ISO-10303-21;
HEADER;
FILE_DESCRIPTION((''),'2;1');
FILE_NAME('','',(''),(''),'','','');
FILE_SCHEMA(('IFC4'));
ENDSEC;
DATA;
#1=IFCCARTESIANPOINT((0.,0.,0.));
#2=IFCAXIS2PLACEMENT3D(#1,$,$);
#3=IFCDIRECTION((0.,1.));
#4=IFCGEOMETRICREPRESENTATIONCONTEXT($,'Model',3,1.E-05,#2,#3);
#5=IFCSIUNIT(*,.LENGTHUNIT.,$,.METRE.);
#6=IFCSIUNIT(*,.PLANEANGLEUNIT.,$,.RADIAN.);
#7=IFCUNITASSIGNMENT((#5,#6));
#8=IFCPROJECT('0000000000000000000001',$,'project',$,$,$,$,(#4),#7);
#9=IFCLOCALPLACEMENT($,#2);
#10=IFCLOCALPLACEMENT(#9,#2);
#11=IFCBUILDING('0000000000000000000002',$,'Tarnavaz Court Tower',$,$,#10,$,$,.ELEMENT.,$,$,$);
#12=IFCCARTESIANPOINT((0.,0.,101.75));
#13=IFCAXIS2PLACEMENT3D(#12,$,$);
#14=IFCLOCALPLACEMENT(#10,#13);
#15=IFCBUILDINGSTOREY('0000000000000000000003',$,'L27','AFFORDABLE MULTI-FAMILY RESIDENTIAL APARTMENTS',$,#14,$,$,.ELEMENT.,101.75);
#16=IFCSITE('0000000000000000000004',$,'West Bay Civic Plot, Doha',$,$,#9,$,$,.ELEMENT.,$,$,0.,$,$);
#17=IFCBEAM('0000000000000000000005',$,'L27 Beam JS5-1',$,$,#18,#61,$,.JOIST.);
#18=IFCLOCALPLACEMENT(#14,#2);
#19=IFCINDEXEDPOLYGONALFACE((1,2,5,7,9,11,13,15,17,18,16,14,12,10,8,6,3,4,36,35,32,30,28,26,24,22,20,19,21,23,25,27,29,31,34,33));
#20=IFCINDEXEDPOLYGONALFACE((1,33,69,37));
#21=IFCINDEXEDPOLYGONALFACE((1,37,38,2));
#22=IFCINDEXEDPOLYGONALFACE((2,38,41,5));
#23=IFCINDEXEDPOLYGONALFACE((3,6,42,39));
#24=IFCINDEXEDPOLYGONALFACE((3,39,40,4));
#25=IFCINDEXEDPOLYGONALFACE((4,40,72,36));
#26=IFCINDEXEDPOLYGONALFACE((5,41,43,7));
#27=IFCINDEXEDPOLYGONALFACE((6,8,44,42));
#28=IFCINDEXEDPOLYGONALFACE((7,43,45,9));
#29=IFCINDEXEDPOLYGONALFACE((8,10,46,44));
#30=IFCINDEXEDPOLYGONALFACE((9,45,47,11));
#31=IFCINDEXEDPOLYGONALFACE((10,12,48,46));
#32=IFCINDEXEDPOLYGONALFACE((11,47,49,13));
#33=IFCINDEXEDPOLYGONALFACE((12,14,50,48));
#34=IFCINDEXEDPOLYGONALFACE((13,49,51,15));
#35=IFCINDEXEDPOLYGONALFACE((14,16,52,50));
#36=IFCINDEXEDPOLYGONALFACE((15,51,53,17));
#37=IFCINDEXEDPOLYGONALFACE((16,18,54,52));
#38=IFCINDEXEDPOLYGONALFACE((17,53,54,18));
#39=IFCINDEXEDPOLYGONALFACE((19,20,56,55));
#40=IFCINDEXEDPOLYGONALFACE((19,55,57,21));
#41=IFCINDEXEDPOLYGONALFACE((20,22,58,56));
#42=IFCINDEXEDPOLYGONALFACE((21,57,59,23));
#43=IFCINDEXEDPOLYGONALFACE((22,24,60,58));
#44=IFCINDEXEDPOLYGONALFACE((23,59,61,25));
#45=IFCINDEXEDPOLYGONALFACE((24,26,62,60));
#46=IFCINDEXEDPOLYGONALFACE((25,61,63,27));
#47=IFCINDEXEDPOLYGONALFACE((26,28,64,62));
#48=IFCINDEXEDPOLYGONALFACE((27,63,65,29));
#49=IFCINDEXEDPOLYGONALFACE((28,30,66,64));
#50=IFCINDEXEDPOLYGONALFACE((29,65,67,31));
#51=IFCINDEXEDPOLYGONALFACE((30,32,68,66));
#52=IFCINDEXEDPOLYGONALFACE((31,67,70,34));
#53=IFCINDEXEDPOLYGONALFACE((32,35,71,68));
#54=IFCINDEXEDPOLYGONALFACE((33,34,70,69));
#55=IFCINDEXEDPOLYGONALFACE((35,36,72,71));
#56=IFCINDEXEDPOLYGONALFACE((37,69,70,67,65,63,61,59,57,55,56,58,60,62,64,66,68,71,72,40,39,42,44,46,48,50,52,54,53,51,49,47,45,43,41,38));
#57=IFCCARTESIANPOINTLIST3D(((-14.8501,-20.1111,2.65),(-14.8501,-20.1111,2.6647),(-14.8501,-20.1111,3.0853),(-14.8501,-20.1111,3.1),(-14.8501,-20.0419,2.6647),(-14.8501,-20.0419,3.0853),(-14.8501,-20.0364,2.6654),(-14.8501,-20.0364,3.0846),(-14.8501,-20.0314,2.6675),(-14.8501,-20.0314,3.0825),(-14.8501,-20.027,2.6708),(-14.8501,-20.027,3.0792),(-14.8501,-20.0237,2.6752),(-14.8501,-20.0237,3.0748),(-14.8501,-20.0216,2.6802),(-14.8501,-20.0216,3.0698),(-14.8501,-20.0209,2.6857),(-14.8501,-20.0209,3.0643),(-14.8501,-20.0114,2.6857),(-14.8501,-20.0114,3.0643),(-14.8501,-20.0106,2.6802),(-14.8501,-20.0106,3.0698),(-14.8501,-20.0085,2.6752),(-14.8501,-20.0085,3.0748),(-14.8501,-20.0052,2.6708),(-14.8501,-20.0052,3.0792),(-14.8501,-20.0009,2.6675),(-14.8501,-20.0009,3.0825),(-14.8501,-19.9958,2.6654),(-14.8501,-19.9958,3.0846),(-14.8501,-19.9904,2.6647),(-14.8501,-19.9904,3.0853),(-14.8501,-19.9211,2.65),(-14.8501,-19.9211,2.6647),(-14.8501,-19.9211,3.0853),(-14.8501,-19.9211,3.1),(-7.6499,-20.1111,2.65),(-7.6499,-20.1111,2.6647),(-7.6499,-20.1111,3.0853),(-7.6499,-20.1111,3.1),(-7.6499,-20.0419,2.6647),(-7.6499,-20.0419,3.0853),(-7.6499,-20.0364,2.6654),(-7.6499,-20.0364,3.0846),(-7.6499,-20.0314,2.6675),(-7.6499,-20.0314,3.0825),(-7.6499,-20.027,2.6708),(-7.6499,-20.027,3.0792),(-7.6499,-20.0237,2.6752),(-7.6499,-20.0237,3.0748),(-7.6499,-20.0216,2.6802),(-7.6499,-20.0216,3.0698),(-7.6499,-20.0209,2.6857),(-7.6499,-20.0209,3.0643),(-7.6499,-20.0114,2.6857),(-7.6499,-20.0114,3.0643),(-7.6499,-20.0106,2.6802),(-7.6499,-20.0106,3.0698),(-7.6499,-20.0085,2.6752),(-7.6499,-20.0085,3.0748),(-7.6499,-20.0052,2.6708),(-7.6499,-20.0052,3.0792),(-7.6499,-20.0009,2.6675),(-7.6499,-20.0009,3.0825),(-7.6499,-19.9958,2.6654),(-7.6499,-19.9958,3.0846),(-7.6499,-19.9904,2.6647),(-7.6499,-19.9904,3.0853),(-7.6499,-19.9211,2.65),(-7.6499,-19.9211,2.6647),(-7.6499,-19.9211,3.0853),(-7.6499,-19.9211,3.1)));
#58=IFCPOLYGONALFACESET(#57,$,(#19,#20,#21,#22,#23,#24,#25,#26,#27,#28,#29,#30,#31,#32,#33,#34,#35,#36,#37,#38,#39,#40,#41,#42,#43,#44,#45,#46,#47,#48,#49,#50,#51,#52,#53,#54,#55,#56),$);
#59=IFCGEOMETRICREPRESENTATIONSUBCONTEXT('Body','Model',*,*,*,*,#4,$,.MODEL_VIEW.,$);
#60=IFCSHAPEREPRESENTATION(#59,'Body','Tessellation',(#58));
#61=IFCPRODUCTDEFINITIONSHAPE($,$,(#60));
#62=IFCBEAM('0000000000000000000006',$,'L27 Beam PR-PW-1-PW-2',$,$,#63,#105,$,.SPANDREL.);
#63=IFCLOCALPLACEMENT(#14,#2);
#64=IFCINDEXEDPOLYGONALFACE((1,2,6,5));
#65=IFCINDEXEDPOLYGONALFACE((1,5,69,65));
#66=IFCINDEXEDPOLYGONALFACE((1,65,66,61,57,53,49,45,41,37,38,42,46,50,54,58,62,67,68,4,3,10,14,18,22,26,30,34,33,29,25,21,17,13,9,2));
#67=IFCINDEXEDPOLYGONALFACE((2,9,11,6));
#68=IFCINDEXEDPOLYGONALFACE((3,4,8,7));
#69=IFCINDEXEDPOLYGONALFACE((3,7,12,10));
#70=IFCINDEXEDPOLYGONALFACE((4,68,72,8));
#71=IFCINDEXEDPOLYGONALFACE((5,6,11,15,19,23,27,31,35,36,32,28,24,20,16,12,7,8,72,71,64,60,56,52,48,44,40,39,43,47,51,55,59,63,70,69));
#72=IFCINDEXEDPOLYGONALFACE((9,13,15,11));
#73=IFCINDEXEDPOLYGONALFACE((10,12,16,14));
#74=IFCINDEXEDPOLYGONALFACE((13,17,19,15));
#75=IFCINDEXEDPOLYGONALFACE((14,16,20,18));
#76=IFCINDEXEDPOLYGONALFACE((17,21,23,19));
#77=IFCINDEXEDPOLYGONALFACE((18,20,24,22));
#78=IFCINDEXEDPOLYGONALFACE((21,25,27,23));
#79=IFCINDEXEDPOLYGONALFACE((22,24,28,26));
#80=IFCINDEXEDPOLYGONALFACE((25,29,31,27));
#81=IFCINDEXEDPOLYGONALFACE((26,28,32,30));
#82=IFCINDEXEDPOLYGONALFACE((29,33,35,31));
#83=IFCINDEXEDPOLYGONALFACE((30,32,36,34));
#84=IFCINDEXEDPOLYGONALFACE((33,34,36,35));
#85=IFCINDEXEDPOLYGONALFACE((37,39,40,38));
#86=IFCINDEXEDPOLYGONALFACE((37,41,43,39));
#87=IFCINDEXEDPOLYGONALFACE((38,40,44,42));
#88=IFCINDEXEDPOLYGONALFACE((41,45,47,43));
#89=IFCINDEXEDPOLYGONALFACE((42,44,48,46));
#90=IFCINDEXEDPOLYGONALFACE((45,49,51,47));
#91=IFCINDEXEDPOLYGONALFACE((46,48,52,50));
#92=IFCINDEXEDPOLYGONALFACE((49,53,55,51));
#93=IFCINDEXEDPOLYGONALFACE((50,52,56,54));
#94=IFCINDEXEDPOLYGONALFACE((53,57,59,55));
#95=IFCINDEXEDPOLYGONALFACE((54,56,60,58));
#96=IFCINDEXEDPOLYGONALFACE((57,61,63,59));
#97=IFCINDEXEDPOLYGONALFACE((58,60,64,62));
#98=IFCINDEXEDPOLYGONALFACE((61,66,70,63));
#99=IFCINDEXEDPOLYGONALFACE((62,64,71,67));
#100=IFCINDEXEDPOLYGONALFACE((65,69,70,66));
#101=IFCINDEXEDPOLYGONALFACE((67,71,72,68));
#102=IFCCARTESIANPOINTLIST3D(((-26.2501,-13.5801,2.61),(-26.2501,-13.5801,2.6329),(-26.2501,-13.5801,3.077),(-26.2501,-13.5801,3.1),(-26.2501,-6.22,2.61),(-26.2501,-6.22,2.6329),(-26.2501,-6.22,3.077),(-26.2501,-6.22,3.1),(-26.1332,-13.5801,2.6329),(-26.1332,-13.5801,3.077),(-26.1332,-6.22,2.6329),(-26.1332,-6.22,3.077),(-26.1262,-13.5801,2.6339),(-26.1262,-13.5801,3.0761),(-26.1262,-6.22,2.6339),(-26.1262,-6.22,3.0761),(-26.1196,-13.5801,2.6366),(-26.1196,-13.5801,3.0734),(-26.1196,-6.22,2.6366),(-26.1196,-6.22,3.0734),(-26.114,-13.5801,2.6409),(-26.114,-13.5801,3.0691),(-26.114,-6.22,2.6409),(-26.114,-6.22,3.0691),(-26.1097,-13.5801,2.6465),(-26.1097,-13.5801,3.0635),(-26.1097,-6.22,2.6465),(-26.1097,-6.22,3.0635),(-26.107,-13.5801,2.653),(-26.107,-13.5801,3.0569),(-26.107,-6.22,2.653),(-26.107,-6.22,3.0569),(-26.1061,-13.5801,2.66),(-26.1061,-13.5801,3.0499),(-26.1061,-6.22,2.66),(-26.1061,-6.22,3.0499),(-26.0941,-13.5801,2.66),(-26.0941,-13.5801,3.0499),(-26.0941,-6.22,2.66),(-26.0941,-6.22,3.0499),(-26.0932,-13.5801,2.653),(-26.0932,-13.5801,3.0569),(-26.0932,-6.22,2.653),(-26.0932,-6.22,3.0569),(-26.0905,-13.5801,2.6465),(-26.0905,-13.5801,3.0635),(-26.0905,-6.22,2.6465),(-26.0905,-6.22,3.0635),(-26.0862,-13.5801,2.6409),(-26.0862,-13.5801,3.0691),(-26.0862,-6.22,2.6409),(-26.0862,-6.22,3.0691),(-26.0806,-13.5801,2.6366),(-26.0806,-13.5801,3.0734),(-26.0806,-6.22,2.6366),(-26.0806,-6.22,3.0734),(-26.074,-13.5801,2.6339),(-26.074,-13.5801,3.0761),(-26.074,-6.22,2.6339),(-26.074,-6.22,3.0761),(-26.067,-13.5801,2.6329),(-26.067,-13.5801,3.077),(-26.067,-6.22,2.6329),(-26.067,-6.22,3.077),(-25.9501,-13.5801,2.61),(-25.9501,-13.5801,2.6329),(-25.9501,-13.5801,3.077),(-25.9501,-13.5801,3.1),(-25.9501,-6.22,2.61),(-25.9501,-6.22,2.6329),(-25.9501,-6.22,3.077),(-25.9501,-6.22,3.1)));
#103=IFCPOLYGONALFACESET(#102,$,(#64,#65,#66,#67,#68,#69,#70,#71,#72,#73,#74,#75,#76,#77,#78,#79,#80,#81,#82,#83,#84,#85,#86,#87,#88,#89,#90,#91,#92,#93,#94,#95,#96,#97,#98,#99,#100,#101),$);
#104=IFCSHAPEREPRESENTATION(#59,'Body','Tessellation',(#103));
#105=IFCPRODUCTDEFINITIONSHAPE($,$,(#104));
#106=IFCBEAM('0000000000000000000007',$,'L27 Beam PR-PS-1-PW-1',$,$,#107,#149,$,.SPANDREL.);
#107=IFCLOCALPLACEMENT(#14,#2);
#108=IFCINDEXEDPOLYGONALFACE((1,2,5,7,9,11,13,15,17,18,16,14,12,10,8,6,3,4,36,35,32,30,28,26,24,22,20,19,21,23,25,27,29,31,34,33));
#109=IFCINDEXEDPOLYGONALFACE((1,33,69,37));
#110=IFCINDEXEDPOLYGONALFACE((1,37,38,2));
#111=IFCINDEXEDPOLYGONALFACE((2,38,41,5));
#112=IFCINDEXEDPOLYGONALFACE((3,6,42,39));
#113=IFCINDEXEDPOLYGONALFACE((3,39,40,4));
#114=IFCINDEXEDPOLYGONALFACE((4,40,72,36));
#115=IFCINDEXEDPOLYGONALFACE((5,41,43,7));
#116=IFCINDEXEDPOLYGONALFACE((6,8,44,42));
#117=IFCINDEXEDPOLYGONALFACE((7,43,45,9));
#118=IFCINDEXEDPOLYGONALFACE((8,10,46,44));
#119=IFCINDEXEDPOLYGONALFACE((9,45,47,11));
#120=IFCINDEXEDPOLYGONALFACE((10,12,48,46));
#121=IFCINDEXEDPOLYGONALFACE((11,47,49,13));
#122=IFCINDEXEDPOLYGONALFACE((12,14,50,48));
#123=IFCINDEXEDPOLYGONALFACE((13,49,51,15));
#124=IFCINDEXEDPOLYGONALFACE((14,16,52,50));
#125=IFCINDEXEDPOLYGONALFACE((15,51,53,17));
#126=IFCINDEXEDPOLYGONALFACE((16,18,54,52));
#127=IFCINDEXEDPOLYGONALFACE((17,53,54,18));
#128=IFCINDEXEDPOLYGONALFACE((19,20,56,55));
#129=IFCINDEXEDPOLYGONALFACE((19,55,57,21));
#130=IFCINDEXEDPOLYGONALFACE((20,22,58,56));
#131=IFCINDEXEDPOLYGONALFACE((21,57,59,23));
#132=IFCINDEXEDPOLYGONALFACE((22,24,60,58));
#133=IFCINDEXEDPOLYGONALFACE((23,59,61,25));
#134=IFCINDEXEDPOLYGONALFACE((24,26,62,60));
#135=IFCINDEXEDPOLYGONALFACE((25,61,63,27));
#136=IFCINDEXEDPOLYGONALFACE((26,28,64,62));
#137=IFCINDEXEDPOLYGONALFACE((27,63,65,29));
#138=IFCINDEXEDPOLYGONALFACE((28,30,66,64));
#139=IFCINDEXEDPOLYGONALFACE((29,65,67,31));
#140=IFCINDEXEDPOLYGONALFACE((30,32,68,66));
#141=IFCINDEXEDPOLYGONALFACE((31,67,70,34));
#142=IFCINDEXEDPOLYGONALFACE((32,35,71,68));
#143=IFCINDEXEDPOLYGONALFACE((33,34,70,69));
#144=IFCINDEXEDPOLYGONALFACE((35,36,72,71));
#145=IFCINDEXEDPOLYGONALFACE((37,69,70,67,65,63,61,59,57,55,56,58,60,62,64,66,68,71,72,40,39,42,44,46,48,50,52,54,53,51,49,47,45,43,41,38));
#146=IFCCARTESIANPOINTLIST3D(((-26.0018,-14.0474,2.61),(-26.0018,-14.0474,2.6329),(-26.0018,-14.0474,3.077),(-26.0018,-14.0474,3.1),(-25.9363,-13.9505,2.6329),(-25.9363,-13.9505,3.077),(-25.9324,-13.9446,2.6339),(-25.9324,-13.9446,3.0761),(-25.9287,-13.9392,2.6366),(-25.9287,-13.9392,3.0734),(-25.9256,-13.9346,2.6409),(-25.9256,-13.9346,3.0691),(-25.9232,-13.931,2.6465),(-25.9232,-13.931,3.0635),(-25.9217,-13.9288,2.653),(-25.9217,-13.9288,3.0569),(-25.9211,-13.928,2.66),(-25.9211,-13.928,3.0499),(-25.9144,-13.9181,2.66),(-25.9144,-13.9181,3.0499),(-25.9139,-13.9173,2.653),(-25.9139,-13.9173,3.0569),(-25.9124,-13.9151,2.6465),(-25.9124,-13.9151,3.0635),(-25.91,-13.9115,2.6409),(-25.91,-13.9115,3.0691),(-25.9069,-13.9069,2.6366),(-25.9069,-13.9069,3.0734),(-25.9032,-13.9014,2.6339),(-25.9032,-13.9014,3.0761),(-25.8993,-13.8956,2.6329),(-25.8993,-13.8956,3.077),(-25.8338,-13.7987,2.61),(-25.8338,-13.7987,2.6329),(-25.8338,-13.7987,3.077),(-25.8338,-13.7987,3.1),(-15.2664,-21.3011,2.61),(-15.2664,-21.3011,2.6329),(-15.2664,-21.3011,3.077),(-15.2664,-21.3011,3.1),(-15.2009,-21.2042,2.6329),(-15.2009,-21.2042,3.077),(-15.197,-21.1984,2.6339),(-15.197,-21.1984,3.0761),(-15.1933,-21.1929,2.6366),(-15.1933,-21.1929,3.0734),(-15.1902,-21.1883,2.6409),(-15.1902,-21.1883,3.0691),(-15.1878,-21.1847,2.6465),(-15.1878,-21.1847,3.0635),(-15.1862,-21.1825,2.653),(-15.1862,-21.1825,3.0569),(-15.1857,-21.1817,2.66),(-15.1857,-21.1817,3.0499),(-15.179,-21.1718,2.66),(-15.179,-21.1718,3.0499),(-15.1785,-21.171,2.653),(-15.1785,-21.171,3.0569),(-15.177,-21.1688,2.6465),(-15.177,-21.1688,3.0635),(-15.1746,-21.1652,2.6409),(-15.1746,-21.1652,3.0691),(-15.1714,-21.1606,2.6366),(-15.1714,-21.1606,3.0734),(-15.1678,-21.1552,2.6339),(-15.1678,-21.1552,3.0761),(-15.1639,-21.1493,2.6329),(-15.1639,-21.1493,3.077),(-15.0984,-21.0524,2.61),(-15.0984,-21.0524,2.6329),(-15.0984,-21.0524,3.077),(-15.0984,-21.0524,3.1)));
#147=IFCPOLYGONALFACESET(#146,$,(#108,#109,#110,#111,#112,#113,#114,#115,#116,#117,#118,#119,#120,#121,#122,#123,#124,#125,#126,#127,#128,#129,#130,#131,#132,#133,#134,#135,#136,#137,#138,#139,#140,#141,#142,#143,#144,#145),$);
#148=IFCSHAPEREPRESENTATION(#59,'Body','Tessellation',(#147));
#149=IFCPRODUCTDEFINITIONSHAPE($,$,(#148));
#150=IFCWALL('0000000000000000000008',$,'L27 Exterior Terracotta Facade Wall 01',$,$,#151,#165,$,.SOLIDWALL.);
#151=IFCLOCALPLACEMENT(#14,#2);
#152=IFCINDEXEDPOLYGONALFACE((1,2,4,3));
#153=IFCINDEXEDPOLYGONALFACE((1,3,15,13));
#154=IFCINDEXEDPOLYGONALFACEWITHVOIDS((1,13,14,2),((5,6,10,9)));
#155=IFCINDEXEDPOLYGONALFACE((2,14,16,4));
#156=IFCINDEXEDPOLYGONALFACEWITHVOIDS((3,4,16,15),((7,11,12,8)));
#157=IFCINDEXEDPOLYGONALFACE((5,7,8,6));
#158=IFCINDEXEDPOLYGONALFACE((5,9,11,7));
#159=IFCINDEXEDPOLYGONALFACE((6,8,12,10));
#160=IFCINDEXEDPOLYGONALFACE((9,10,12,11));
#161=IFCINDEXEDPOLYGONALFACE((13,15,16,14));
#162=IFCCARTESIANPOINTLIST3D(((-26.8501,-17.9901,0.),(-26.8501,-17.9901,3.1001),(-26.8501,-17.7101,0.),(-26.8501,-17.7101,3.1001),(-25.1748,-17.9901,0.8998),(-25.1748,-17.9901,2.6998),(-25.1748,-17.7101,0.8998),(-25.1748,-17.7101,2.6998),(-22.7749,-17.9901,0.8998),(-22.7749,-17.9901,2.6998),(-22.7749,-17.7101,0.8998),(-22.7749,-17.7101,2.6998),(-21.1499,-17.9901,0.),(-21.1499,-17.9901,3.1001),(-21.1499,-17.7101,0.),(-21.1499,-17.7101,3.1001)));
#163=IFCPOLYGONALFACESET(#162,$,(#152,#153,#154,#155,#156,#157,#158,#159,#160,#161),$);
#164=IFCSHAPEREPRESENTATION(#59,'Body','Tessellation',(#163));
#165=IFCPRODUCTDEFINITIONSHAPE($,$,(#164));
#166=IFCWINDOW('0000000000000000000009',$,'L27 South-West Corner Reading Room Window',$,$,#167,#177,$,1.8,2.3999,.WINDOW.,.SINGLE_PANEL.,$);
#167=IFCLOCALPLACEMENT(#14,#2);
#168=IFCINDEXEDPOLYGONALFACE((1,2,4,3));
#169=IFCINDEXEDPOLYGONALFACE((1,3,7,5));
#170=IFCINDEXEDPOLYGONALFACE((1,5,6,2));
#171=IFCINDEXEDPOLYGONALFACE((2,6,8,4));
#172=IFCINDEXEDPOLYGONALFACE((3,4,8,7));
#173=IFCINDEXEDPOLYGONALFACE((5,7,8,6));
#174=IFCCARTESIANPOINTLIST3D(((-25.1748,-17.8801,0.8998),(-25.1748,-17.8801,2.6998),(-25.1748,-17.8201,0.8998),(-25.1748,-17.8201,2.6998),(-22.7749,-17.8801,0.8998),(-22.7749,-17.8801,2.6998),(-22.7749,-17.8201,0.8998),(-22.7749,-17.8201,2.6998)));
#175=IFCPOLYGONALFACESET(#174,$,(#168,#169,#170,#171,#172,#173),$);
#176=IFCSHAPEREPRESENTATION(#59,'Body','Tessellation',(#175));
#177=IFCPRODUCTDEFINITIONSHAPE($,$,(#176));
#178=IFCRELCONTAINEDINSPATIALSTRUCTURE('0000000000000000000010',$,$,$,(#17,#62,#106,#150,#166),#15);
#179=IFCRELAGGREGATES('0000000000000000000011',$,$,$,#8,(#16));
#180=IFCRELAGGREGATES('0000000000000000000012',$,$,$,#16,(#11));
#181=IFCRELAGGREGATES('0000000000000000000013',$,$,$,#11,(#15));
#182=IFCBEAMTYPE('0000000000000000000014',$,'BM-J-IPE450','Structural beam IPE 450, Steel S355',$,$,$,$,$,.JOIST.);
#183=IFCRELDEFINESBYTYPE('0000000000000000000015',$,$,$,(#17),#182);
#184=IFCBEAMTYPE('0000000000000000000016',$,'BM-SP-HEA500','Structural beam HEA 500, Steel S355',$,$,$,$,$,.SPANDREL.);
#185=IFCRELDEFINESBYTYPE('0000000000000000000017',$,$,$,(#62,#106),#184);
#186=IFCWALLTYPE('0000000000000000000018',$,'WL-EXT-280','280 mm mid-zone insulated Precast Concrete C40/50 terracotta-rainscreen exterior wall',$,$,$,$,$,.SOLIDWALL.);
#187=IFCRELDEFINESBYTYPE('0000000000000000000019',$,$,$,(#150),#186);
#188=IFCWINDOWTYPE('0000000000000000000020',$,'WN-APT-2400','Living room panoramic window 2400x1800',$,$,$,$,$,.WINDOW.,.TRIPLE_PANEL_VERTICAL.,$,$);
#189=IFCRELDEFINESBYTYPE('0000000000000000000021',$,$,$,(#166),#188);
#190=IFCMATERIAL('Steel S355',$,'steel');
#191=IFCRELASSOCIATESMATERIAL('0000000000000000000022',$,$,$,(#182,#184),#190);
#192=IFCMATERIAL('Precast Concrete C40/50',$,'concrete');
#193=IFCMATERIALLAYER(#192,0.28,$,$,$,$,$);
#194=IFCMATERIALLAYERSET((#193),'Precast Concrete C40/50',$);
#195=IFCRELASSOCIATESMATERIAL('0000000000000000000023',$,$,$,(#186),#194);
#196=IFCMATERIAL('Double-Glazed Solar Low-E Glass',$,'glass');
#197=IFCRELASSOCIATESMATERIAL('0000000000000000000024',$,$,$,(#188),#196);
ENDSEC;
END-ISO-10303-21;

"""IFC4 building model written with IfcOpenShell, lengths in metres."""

from ifc_helpers import new_model, si_unit, direction, frame, frame_2d, origin, origin_2d, place, context, subcontext, project, spatial, rectangle, i_section, extrude, material, layer, layer_set, material_profile, profile_set, type_object, element, fill, save


model = new_model("IFC4")

# Units and contexts
model_context = context("Model", 3, precision=1e-05, world=origin(), true_north=direction((0.0, 1.0)))
body_context = subcontext(model_context, "Body", "Model", "MODEL_VIEW")
ifc_project = project(units=[si_unit("LENGTHUNIT", "METRE"), si_unit("PLANEANGLEUNIT", "RADIAN")], contexts=[model_context])

# Site, building, storey
site_placement = place(None, origin())
site = spatial("IfcSite", under=ifc_project, at=site_placement, Name="West Bay Civic Plot, Doha", CompositionType="ELEMENT", RefElevation=0.0)
building_placement = place(site_placement, origin())
building = spatial("IfcBuilding", under=site, at=building_placement, Name="Tarnavaz Court Tower", CompositionType="ELEMENT")
storey_placement = place(building_placement, frame((0.0, 0.0, 101.75)))
storey = spatial("IfcBuildingStorey", under=building, at=storey_placement, Name="L27", Description="AFFORDABLE MULTI-FAMILY RESIDENTIAL APARTMENTS", CompositionType="ELEMENT", Elevation=101.75)

# Beams
ifc_material_1 = material(Name="Steel S355", Category="steel")
ifc_material_profile_1 = material_profile(ifc_material_1, i_section(OverallWidth=0.1899, OverallDepth=0.45, WebThickness=0.0095, FlangeThickness=0.0146, FilletRadius=0.021, at=origin_2d()), Name="IPE 450")
ifc_profile_set_1 = profile_set([ifc_material_profile_1], Name="Steel S355")
beam_type_1 = type_object("IfcBeamType", Name="BM-J-IPE450", Description="Structural beam IPE 450, Steel S355", PredefinedType="JOIST", material=ifc_profile_set_1)
for number, where, z_axis, x_axis, name in (
    (1, (-14.8501, -20.0161, 2.875), (1.0, 0.0, 0.0), (0.0, 1.0, 0.0), "L27 Beam JS5-1"),
):
    element("IfcBeam", number, at=place(storey_placement, frame(where, z_axis=z_axis, x_axis=x_axis)), inside=storey, type_object=beam_type_1, Name=name, PredefinedType="JOIST", context=body_context, shape_type="SweptSolid", body=[
        extrude(i_section(OverallWidth=0.1899, OverallDepth=0.45, WebThickness=0.0095, FlangeThickness=0.0146, FilletRadius=0.021, at=origin_2d()), origin(), (0.0, 0.0, 1.0), 7.2002),
    ])
ifc_material_profile_2 = material_profile(ifc_material_1, i_section(OverallWidth=0.3, OverallDepth=0.49, WebThickness=0.012, FlangeThickness=0.0229, FilletRadius=0.0271, at=origin_2d()), Name="HEA 500")
ifc_profile_set_2 = profile_set([ifc_material_profile_2], Name="Steel S355")
beam_type_2 = type_object("IfcBeamType", Name="BM-SP-HEA500", Description="Structural beam HEA 500, Steel S355", PredefinedType="SPANDREL", material=ifc_profile_set_2)
beam_1_placement = place(storey_placement, frame((-26.1001, -13.5801, 2.855), z_axis=(0.0, 1.0, 0.0), x_axis=(-1.0, 0.0, 0.0)))
element("IfcBeam", 2, at=beam_1_placement, inside=storey, type_object=beam_type_2, Name="L27 Beam PR-PW-1-PW-2", PredefinedType="SPANDREL", context=body_context, shape_type="SweptSolid", body=[
    extrude(i_section(OverallWidth=0.3, OverallDepth=0.49, WebThickness=0.012, FlangeThickness=0.0229, FilletRadius=0.0271, at=origin_2d()), origin(), (0.0, 0.0, 1.0), 7.3601),
])
beam_2_placement = place(storey_placement, frame((-15.1824, -21.1768, 2.855), z_axis=(-0.828587, 0.55986, 0.0), x_axis=(-0.55986, -0.828587, 0.0)))
element("IfcBeam", 3, at=beam_2_placement, inside=storey, type_object=beam_type_2, Name="L27 Beam PR-PS-1-PW-1", PredefinedType="SPANDREL", context=body_context, shape_type="SweptSolid", body=[
    extrude(i_section(OverallWidth=0.3, OverallDepth=0.49, WebThickness=0.012, FlangeThickness=0.0229, FilletRadius=0.0271, at=origin_2d()), origin(), (0.0, 0.0, 1.0), 12.9563),
])

# Wall, opening, window
ifc_material_2 = material(Name="Precast Concrete C40/50", Category="concrete")
ifc_layer_1 = layer(ifc_material_2, 0.28)
ifc_layer_set_1 = layer_set([ifc_layer_1], Name="Precast Concrete C40/50")
wall_type_1 = type_object("IfcWallType", Name="WL-EXT-280", Description="280 mm mid-zone insulated Precast Concrete C40/50 terracotta-rainscreen exterior wall", PredefinedType="SOLIDWALL", material=ifc_layer_set_1)
wall_1_placement = place(storey_placement, frame((-21.1499, -17.8501, 0.0), z_axis=(0.0, 0.0, 1.0), x_axis=(-1.0, 0.0, 0.0)))
wall_1 = element("IfcWall", 4, at=wall_1_placement, inside=storey, type_object=wall_type_1, Name="L27 Exterior Terracotta Facade Wall 01", PredefinedType="SOLIDWALL", context=body_context, shape_type="SweptSolid", body=[
    extrude(rectangle(XDim=5.7002, YDim=0.28, at=frame_2d((2.8501, 0.0))), origin(), (0.0, 0.0, 1.0), 3.1001),
])
opening_1_placement = place(wall_1_placement, frame((1.625, 0.0, 0.8999)))
opening_1 = element("IfcOpeningElement", 5, at=opening_1_placement, cuts=wall_1, PredefinedType="OPENING", context=body_context, shape_type="SweptSolid", body=[
    extrude(rectangle(XDim=2.3999, YDim=1.8, at=frame_2d((1.2, 0.8999))), frame((0.0, 0.1499, 0.0), z_axis=(0.0, -1.0, 0.0), x_axis=(1.0, 0.0, 0.0)), (0.0, 0.0, 1.0), 0.3),
])
ifc_material_3 = material(Name="Double-Glazed Solar Low-E Glass", Category="glass")
window_type_1 = type_object("IfcWindowType", Name="WN-APT-2400", Description="Living room panoramic window 2400x1800", PartitioningType="TRIPLE_PANEL_VERTICAL", PredefinedType="WINDOW", material=ifc_material_3)
window_1_placement = place(opening_1_placement, origin())
window_1 = element("IfcWindow", 6, at=window_1_placement, inside=storey, type_object=window_type_1, Name="L27 South-West Corner Reading Room Window", OverallHeight=1.8, OverallWidth=2.3999, PartitioningType="SINGLE_PANEL", PredefinedType="WINDOW", context=body_context, shape_type="SweptSolid", body=[
    extrude(rectangle(XDim=2.3999, YDim=1.8, at=frame_2d((1.2, 0.8999))), frame((0.0, 0.03, 0.0), z_axis=(0.0, -1.0, 0.0), x_axis=(1.0, 0.0, 0.0)), (0.0, 0.0, 1.0), 0.0601),
])
fill(opening_1, window_1)

save(model, "model.ifc")
